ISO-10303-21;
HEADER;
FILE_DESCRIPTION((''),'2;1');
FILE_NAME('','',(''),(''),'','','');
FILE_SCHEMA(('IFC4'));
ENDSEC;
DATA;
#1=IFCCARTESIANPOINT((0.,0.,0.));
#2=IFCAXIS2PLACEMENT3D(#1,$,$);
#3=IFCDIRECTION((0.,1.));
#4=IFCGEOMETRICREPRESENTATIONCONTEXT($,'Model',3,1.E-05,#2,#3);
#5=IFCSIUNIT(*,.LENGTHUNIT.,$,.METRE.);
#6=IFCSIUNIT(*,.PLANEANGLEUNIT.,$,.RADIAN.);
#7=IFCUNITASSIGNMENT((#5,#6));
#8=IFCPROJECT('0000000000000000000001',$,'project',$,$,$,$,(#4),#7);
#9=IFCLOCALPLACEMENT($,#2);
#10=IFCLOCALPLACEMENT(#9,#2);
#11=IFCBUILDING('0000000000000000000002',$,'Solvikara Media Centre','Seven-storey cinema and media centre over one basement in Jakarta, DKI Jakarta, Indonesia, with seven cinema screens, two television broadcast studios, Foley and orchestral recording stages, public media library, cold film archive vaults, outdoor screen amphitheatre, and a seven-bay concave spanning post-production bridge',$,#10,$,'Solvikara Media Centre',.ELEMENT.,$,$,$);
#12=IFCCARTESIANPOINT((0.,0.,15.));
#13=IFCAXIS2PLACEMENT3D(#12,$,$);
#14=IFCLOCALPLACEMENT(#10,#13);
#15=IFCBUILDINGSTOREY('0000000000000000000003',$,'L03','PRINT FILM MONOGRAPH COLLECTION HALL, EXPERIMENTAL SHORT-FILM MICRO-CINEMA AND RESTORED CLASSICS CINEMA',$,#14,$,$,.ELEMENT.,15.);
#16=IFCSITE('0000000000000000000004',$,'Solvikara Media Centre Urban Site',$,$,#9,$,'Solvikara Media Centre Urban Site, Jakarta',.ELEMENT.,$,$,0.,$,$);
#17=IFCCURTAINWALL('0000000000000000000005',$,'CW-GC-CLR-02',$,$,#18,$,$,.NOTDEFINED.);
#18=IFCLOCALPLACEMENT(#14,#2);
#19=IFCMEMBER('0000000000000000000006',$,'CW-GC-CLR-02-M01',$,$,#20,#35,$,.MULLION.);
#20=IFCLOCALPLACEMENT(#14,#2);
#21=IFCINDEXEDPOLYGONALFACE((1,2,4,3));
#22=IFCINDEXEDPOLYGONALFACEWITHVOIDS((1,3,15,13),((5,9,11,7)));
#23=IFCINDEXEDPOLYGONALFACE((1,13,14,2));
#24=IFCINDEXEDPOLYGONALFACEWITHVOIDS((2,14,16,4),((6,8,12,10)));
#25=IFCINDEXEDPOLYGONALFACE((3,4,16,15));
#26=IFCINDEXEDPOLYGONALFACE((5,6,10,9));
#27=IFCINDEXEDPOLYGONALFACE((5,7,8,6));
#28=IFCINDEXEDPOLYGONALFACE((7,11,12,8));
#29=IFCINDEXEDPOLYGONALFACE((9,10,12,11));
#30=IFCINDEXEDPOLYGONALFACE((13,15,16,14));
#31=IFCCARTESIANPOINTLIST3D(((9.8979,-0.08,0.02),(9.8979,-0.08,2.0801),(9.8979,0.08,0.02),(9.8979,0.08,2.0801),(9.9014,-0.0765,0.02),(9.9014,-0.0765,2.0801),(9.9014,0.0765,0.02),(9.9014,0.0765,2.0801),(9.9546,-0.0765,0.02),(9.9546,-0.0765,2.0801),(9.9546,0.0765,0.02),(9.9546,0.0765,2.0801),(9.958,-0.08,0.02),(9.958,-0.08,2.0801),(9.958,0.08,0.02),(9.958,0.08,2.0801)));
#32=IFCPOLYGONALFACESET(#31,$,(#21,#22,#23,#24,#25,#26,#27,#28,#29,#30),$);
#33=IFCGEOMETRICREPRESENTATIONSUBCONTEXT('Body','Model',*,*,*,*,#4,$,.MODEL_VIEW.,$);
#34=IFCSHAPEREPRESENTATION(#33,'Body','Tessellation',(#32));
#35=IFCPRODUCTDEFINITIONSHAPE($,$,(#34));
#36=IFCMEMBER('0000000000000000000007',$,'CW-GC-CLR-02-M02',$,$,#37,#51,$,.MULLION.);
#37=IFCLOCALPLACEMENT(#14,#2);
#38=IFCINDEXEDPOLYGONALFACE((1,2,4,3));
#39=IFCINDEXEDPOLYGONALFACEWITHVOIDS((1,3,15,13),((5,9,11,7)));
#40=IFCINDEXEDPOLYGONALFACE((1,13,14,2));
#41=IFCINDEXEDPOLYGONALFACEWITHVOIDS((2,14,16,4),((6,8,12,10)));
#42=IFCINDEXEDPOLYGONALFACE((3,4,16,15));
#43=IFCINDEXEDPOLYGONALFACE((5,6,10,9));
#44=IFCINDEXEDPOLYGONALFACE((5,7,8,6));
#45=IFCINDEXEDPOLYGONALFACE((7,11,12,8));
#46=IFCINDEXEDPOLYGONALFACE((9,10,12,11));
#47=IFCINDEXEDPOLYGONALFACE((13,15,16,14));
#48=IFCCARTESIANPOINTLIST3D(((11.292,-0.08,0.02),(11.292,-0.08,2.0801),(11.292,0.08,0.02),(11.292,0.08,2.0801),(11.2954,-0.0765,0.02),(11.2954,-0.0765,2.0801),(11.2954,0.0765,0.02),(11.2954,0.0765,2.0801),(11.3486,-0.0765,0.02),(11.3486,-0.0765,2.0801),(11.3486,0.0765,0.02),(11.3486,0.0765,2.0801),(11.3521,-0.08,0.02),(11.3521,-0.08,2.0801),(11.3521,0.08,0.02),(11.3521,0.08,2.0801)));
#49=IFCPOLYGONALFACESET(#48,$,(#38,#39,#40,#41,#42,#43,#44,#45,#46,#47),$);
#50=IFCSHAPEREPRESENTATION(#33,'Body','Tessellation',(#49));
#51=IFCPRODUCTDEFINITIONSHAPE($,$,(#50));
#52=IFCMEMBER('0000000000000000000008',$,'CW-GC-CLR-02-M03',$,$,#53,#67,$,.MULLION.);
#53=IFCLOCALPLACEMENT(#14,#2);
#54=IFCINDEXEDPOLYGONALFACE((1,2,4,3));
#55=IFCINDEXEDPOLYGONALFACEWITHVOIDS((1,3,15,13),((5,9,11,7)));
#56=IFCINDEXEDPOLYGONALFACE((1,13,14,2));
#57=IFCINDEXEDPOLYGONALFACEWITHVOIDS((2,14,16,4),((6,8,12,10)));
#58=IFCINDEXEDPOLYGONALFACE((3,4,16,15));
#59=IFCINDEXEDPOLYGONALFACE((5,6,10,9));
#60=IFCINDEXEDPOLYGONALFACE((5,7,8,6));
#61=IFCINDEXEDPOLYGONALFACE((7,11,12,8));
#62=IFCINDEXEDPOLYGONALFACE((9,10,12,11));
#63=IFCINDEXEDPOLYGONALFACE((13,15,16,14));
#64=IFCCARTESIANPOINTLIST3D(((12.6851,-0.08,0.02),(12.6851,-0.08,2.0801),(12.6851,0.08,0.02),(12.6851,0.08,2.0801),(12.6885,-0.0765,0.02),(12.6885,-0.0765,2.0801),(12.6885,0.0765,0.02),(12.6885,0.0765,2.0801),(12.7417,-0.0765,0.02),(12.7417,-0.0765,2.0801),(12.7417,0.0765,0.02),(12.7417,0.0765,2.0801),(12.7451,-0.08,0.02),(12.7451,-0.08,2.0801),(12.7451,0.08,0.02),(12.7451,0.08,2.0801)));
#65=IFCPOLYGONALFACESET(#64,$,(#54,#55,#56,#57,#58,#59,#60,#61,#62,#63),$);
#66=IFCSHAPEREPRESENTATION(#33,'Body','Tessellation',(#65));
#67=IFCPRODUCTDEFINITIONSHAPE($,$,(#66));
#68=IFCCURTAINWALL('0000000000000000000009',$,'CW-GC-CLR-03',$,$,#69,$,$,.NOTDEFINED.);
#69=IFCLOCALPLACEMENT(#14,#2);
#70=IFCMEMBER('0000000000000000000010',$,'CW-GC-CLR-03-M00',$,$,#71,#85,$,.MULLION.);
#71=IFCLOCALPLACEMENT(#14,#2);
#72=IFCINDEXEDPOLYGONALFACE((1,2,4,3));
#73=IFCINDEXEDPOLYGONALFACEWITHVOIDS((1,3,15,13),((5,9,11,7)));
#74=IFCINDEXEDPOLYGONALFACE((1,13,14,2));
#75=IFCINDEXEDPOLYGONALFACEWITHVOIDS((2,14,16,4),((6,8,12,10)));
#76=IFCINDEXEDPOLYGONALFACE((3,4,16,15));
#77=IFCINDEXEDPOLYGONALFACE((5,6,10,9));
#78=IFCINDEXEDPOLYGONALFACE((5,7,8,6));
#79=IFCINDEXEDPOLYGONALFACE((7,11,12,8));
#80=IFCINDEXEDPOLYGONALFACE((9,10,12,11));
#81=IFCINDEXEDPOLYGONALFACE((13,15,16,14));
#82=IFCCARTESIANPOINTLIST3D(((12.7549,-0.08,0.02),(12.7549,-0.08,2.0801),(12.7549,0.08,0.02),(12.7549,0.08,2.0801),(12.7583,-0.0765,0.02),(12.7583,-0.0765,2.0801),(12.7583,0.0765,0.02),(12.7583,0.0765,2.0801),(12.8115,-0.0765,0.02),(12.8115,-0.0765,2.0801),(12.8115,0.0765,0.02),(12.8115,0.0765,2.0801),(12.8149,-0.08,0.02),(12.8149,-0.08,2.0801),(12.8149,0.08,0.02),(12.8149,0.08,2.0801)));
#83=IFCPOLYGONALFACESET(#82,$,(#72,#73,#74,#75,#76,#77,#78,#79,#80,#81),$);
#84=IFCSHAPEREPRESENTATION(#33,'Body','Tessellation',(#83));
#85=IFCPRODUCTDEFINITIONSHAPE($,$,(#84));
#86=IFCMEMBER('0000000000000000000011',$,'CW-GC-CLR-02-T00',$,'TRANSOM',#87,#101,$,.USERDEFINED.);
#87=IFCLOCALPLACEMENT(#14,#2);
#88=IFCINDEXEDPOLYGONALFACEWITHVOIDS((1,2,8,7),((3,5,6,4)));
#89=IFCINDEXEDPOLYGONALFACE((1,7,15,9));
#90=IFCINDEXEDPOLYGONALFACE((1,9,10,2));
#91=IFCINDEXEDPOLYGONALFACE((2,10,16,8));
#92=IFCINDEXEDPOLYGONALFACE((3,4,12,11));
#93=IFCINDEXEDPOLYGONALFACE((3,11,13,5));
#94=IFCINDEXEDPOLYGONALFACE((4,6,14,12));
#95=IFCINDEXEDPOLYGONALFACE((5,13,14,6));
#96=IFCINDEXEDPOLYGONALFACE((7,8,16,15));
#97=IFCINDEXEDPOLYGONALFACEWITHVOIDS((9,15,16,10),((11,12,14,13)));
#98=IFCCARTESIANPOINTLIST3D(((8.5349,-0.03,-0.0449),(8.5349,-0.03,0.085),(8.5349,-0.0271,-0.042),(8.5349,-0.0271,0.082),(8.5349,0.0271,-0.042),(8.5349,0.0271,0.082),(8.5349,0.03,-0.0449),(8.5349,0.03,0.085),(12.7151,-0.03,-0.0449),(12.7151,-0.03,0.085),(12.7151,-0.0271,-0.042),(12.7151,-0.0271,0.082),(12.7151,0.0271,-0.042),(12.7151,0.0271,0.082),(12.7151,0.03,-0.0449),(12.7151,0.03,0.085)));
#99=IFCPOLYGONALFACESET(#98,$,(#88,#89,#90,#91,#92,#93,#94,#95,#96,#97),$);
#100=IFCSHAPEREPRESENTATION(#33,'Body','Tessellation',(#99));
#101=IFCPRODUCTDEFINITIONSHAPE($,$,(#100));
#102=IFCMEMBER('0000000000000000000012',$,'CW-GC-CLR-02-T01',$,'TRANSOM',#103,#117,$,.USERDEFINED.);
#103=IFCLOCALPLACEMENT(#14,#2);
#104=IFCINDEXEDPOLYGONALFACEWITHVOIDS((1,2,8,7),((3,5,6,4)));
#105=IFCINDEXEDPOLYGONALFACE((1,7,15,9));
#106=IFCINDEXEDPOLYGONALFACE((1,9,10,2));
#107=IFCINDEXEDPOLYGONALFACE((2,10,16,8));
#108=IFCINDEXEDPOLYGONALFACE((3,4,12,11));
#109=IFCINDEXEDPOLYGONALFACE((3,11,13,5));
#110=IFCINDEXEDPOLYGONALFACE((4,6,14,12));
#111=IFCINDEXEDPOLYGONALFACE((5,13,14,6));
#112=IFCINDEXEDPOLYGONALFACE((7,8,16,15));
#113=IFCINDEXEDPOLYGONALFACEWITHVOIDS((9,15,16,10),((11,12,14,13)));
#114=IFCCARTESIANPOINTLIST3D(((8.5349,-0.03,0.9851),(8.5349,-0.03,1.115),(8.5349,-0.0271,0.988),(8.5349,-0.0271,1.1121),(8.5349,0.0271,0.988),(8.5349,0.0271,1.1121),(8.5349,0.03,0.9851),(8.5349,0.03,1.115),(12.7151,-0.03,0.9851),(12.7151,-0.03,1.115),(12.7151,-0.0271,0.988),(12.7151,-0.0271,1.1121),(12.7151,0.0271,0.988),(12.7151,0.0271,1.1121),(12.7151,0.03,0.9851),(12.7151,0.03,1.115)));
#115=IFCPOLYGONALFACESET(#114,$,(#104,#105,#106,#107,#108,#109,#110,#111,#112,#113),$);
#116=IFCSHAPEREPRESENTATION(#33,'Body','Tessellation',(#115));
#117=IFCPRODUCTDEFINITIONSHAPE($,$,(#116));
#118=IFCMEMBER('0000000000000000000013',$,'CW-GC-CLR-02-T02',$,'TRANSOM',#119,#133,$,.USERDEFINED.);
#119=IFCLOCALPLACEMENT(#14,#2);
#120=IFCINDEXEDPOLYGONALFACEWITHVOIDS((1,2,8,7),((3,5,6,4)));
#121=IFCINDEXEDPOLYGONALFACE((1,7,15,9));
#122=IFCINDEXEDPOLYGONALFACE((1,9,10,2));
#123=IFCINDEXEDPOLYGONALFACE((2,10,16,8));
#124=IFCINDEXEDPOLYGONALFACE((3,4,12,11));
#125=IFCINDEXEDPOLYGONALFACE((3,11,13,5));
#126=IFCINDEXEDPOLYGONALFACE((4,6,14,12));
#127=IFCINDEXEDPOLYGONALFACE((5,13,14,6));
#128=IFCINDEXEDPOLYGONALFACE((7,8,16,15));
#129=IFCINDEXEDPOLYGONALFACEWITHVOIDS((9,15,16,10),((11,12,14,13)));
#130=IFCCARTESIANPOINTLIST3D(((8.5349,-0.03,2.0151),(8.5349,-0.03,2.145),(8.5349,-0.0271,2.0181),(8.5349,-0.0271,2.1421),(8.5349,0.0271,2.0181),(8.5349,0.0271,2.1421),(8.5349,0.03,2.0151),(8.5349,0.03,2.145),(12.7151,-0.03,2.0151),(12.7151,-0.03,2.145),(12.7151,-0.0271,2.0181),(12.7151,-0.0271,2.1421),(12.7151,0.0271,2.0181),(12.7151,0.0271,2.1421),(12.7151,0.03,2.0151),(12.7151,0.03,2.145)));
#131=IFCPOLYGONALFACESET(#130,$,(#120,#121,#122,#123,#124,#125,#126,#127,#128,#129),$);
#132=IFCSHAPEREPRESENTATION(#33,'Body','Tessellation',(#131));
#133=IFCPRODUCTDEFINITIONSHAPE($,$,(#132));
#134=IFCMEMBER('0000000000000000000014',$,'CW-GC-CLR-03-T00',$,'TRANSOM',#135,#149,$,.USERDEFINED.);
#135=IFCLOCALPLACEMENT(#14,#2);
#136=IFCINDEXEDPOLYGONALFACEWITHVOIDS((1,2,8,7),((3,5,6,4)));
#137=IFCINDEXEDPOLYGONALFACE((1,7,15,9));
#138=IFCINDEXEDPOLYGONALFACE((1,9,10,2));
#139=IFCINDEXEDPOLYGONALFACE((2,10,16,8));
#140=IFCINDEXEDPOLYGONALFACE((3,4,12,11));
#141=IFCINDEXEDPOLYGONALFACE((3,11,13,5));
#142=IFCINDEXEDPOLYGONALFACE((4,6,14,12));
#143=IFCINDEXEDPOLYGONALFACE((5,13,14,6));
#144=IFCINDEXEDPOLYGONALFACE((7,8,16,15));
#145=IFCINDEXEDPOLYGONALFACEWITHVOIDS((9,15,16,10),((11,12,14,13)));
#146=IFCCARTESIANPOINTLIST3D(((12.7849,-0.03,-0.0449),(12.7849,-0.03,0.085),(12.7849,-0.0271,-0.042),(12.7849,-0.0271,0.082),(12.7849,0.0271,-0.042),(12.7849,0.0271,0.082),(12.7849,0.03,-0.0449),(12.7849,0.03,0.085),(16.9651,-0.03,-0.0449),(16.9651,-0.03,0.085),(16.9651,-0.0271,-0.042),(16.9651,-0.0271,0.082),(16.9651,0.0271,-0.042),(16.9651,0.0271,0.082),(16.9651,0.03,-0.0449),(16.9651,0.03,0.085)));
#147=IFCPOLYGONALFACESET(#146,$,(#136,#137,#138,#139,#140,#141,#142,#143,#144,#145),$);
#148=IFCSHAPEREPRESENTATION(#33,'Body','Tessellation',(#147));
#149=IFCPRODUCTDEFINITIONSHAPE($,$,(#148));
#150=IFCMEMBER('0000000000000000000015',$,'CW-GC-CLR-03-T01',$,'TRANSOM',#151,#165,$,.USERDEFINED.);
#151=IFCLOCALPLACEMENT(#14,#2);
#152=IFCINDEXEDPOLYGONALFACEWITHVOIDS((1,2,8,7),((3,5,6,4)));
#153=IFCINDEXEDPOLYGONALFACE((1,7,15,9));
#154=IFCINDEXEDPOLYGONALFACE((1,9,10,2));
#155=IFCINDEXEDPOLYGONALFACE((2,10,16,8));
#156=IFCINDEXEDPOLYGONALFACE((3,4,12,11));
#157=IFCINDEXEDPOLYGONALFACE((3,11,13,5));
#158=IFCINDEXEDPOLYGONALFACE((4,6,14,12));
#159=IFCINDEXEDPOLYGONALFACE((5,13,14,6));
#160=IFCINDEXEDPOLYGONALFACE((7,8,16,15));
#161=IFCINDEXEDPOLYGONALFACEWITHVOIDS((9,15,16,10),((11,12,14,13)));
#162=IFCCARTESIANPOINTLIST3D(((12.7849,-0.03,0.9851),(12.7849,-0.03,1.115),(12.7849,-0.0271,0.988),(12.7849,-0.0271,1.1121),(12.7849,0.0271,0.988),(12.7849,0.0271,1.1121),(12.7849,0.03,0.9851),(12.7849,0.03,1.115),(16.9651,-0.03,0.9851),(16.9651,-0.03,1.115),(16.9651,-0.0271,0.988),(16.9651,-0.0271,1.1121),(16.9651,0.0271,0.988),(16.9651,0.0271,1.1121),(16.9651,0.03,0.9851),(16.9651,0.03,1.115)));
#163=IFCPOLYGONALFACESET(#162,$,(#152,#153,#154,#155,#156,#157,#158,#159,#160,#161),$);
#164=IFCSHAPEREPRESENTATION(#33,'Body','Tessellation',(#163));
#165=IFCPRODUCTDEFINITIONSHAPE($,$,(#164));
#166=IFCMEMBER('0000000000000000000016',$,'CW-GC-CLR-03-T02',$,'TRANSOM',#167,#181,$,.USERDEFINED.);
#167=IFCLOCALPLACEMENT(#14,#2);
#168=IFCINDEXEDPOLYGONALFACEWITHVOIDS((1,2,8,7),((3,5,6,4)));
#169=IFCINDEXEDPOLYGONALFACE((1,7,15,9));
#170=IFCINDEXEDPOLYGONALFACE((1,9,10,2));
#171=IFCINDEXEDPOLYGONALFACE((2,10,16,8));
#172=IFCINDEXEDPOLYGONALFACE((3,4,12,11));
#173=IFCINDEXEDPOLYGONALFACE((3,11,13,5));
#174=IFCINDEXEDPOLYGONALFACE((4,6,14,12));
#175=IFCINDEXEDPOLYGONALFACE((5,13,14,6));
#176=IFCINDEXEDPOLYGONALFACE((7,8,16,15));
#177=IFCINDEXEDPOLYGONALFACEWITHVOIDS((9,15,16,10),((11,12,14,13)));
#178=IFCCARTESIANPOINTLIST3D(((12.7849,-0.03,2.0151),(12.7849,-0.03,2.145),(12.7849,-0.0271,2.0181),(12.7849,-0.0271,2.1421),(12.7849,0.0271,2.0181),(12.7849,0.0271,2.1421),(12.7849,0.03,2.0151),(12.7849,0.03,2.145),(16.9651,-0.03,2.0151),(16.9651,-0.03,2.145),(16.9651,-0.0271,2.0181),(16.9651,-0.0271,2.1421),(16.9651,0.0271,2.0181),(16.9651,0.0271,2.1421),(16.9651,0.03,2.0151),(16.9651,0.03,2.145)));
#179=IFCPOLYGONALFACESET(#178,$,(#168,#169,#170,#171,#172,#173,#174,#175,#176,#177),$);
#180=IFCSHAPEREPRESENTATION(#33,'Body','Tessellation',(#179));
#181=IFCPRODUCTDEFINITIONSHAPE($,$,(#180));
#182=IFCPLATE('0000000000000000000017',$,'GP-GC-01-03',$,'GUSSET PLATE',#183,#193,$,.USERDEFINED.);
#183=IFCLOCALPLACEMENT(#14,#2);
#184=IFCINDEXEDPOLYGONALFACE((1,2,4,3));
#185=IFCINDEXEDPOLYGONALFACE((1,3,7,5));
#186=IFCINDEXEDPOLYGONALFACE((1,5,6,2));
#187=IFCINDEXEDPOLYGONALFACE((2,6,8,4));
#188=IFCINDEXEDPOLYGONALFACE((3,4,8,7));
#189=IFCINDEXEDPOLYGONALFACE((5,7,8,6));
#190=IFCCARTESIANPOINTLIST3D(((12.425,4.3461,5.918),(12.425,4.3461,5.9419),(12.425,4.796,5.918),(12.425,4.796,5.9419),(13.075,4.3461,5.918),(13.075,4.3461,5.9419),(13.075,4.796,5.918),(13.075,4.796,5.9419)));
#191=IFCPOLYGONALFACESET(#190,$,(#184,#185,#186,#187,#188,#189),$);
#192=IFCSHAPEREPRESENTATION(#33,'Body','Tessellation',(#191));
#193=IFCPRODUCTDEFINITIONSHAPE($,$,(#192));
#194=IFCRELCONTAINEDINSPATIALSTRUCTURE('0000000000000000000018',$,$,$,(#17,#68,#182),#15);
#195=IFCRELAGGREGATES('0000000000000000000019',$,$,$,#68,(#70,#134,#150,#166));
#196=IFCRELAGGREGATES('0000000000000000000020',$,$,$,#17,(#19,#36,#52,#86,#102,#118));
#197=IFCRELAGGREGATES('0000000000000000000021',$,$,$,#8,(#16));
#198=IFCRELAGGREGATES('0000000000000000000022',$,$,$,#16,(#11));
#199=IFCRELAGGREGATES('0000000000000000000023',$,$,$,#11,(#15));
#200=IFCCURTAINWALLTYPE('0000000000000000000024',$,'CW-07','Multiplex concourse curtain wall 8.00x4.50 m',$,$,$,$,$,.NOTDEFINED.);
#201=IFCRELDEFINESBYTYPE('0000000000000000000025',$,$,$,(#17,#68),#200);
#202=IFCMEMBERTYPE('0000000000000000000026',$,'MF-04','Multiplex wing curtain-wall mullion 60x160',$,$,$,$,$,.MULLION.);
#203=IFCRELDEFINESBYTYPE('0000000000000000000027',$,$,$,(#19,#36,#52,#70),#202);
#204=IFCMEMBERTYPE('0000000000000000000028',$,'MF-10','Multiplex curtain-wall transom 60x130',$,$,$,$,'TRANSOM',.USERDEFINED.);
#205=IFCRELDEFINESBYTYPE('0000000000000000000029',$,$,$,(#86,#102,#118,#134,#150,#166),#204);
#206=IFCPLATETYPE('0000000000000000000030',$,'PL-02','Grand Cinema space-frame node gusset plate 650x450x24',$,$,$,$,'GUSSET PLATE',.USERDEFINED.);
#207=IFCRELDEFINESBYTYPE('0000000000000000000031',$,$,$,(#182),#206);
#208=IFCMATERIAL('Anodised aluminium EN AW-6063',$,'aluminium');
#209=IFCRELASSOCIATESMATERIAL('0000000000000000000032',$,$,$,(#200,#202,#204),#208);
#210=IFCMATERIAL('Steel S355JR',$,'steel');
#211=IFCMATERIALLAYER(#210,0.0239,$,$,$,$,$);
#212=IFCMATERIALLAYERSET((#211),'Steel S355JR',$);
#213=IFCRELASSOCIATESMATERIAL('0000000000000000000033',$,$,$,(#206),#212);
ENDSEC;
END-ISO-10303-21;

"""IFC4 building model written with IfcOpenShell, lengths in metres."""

from ifc_helpers import new_model, si_unit, direction, frame, origin, origin_2d, place, context, subcontext, project, spatial, rectangle, hollow_rectangle, extrude, material, layer, layer_set, material_profile, profile_set, type_object, element, aggregate, save


model = new_model("IFC4")

# Units and contexts
model_context = context("Model", 3, precision=1e-05, world=origin(), true_north=direction((0.0, 1.0)))
body_context = subcontext(model_context, "Body", "Model", "MODEL_VIEW")
ifc_project = project(units=[si_unit("LENGTHUNIT", "METRE"), si_unit("PLANEANGLEUNIT", "RADIAN")], contexts=[model_context])

# Site, building, storey
site_placement = place(None, origin())
site = spatial("IfcSite", under=ifc_project, at=site_placement, Name="Solvikara Media Centre Urban Site", LongName="Solvikara Media Centre Urban Site, Jakarta", CompositionType="ELEMENT", RefElevation=0.0)
building_placement = place(site_placement, origin())
building = spatial("IfcBuilding", under=site, at=building_placement, Name="Solvikara Media Centre", Description="Seven-storey cinema and media centre over one basement in Jakarta, DKI Jakarta, Indonesia, with seven cinema screens, two television broadcast studios, Foley and orchestral recording stages, public media library, cold film archive vaults, outdoor screen amphitheatre, and a seven-bay concave spanning post-production bridge", LongName="Solvikara Media Centre", CompositionType="ELEMENT")
storey_placement = place(building_placement, frame((0.0, 0.0, 15.0)))
storey = spatial("IfcBuildingStorey", under=building, at=storey_placement, Name="L03", Description="PRINT FILM MONOGRAPH COLLECTION HALL, EXPERIMENTAL SHORT-FILM MICRO-CINEMA AND RESTORED CLASSICS CINEMA", CompositionType="ELEMENT", Elevation=15.0)

# Shared definitions
ifc_material_1 = material(Name="Steel S355JR", Category="steel")

# Curtain wall, members
ifc_material_2 = material(Name="Anodised aluminium EN AW-6063", Category="aluminium")
curtain_wall_type = type_object("IfcCurtainWallType", Name="CW-07", Description="Multiplex concourse curtain wall 8.00x4.50 m", PredefinedType="NOTDEFINED", material=ifc_material_2)
curtain_wall_1_placement = place(storey_placement, origin())
curtain_wall_1 = element("IfcCurtainWall", 1, at=curtain_wall_1_placement, inside=storey, type_object=curtain_wall_type, Name="CW-GC-CLR-02", PredefinedType="NOTDEFINED")
ifc_material_profile_1 = material_profile(ifc_material_2, hollow_rectangle(XDim=0.0601, YDim=0.1599, WallThickness=0.0034, at=origin_2d()), Name="ALU-M 60x160x3.5")
ifc_profile_set_1 = profile_set([ifc_material_profile_1], Name="Anodised aluminium EN AW-6063")
member_type_1 = type_object("IfcMemberType", Name="MF-04", Description="Multiplex wing curtain-wall mullion 60x160", PredefinedType="MULLION", material=ifc_profile_set_1)
member_1_placement = place(storey_placement, frame((9.928, 0.0, 0.02), z_axis=(0.0, 0.0, 1.0), x_axis=(1.0, 0.0, 0.0)))
member_1 = element("IfcMember", 2, at=member_1_placement, type_object=member_type_1, Name="CW-GC-CLR-02-M01", PredefinedType="MULLION", context=body_context, shape_type="SweptSolid", body=[
    extrude(hollow_rectangle(XDim=0.0601, YDim=0.1599, WallThickness=0.0034, at=origin_2d()), origin(), (0.0, 0.0, 1.0), 2.0601),
])
member_2_placement = place(storey_placement, frame((11.322, 0.0, 0.02), z_axis=(0.0, 0.0, 1.0), x_axis=(1.0, 0.0, 0.0)))
member_2 = element("IfcMember", 3, at=member_2_placement, type_object=member_type_1, Name="CW-GC-CLR-02-M02", PredefinedType="MULLION", context=body_context, shape_type="SweptSolid", body=[
    extrude(hollow_rectangle(XDim=0.0601, YDim=0.1599, WallThickness=0.0034, at=origin_2d()), origin(), (0.0, 0.0, 1.0), 2.0601),
])
member_3_placement = place(storey_placement, frame((12.7151, 0.0, 0.02), z_axis=(0.0, 0.0, 1.0), x_axis=(1.0, 0.0, 0.0)))
member_3 = element("IfcMember", 4, at=member_3_placement, type_object=member_type_1, Name="CW-GC-CLR-02-M03", PredefinedType="MULLION", context=body_context, shape_type="SweptSolid", body=[
    extrude(hollow_rectangle(XDim=0.0601, YDim=0.1599, WallThickness=0.0034, at=origin_2d()), origin(), (0.0, 0.0, 1.0), 2.0601),
])

# Curtain wall, member
curtain_wall_2_placement = place(storey_placement, origin())
curtain_wall_2 = element("IfcCurtainWall", 5, at=curtain_wall_2_placement, inside=storey, type_object=curtain_wall_type, Name="CW-GC-CLR-03", PredefinedType="NOTDEFINED")
member_4_placement = place(storey_placement, frame((12.7849, 0.0, 0.02), z_axis=(0.0, 0.0, 1.0), x_axis=(1.0, 0.0, 0.0)))
member_4 = element("IfcMember", 6, at=member_4_placement, type_object=member_type_1, Name="CW-GC-CLR-03-M00", PredefinedType="MULLION", context=body_context, shape_type="SweptSolid", body=[
    extrude(hollow_rectangle(XDim=0.0601, YDim=0.1599, WallThickness=0.0034, at=origin_2d()), origin(), (0.0, 0.0, 1.0), 2.0601),
])

# Members
ifc_material_profile_2 = material_profile(ifc_material_2, hollow_rectangle(XDim=0.0601, YDim=0.1299, WallThickness=0.0029, at=origin_2d()), Name="ALU-T 60x130x3")
ifc_profile_set_2 = profile_set([ifc_material_profile_2], Name="Anodised aluminium EN AW-6063")
member_type_2 = type_object("IfcMemberType", Name="MF-10", Description="Multiplex curtain-wall transom 60x130", ElementType="TRANSOM", PredefinedType="USERDEFINED", material=ifc_profile_set_2)
member_5_placement = place(storey_placement, frame((8.5349, 0.0, 0.02), z_axis=(1.0, 0.0, 0.0), x_axis=(0.0, 1.0, 0.0)))
member_5 = element("IfcMember", 7, at=member_5_placement, type_object=member_type_2, Name="CW-GC-CLR-02-T00", ObjectType="TRANSOM", PredefinedType="USERDEFINED", context=body_context, shape_type="SweptSolid", body=[
    extrude(hollow_rectangle(XDim=0.0601, YDim=0.1299, WallThickness=0.0029, at=origin_2d()), origin(), (0.0, 0.0, 1.0), 4.1802),
])
member_6_placement = place(storey_placement, frame((8.5349, 0.0, 1.05), z_axis=(1.0, 0.0, 0.0), x_axis=(0.0, 1.0, 0.0)))
member_6 = element("IfcMember", 8, at=member_6_placement, type_object=member_type_2, Name="CW-GC-CLR-02-T01", ObjectType="TRANSOM", PredefinedType="USERDEFINED", context=body_context, shape_type="SweptSolid", body=[
    extrude(hollow_rectangle(XDim=0.0601, YDim=0.1299, WallThickness=0.0029, at=origin_2d()), origin(), (0.0, 0.0, 1.0), 4.1802),
])
member_7_placement = place(storey_placement, frame((8.5349, 0.0, 2.0801), z_axis=(1.0, 0.0, 0.0), x_axis=(0.0, 1.0, 0.0)))
member_7 = element("IfcMember", 9, at=member_7_placement, type_object=member_type_2, Name="CW-GC-CLR-02-T02", ObjectType="TRANSOM", PredefinedType="USERDEFINED", context=body_context, shape_type="SweptSolid", body=[
    extrude(hollow_rectangle(XDim=0.0601, YDim=0.1299, WallThickness=0.0029, at=origin_2d()), origin(), (0.0, 0.0, 1.0), 4.1802),
])
member_8_placement = place(storey_placement, frame((12.7849, 0.0, 0.02), z_axis=(1.0, 0.0, 0.0), x_axis=(0.0, 1.0, 0.0)))
member_8 = element("IfcMember", 10, at=member_8_placement, type_object=member_type_2, Name="CW-GC-CLR-03-T00", ObjectType="TRANSOM", PredefinedType="USERDEFINED", context=body_context, shape_type="SweptSolid", body=[
    extrude(hollow_rectangle(XDim=0.0601, YDim=0.1299, WallThickness=0.0029, at=origin_2d()), origin(), (0.0, 0.0, 1.0), 4.1802),
])
member_9_placement = place(storey_placement, frame((12.7849, 0.0, 1.05), z_axis=(1.0, 0.0, 0.0), x_axis=(0.0, 1.0, 0.0)))
member_9 = element("IfcMember", 11, at=member_9_placement, type_object=member_type_2, Name="CW-GC-CLR-03-T01", ObjectType="TRANSOM", PredefinedType="USERDEFINED", context=body_context, shape_type="SweptSolid", body=[
    extrude(hollow_rectangle(XDim=0.0601, YDim=0.1299, WallThickness=0.0029, at=origin_2d()), origin(), (0.0, 0.0, 1.0), 4.1802),
])
member_10_placement = place(storey_placement, frame((12.7849, 0.0, 2.0801), z_axis=(1.0, 0.0, 0.0), x_axis=(0.0, 1.0, 0.0)))
member_10 = element("IfcMember", 12, at=member_10_placement, type_object=member_type_2, Name="CW-GC-CLR-03-T02", ObjectType="TRANSOM", PredefinedType="USERDEFINED", context=body_context, shape_type="SweptSolid", body=[
    extrude(hollow_rectangle(XDim=0.0601, YDim=0.1299, WallThickness=0.0029, at=origin_2d()), origin(), (0.0, 0.0, 1.0), 4.1802),
])

# Plate
ifc_layer_1 = layer(ifc_material_1, 0.0239)
ifc_layer_set_1 = layer_set([ifc_layer_1], Name="Steel S355JR")
plate_type_1 = type_object("IfcPlateType", Name="PL-02", Description="Grand Cinema space-frame node gusset plate 650x450x24", ElementType="GUSSET PLATE", PredefinedType="USERDEFINED", material=ifc_layer_set_1)
plate_1_placement = place(storey_placement, frame((12.75, 4.571, 5.918), z_axis=(0.0, 0.0, 1.0), x_axis=(1.0, 0.0, 0.0)))
element("IfcPlate", 13, at=plate_1_placement, inside=storey, type_object=plate_type_1, Name="GP-GC-01-03", ObjectType="GUSSET PLATE", PredefinedType="USERDEFINED", context=body_context, shape_type="SweptSolid", body=[
    extrude(rectangle(XDim=0.6499, YDim=0.45, at=origin_2d()), origin(), (0.0, 0.0, 1.0), 0.0239),
])
aggregate(curtain_wall_2, [member_4, member_8, member_9, member_10])
aggregate(curtain_wall_1, [member_1, member_2, member_3, member_5, member_6, member_7])

save(model, "model.ifc")
